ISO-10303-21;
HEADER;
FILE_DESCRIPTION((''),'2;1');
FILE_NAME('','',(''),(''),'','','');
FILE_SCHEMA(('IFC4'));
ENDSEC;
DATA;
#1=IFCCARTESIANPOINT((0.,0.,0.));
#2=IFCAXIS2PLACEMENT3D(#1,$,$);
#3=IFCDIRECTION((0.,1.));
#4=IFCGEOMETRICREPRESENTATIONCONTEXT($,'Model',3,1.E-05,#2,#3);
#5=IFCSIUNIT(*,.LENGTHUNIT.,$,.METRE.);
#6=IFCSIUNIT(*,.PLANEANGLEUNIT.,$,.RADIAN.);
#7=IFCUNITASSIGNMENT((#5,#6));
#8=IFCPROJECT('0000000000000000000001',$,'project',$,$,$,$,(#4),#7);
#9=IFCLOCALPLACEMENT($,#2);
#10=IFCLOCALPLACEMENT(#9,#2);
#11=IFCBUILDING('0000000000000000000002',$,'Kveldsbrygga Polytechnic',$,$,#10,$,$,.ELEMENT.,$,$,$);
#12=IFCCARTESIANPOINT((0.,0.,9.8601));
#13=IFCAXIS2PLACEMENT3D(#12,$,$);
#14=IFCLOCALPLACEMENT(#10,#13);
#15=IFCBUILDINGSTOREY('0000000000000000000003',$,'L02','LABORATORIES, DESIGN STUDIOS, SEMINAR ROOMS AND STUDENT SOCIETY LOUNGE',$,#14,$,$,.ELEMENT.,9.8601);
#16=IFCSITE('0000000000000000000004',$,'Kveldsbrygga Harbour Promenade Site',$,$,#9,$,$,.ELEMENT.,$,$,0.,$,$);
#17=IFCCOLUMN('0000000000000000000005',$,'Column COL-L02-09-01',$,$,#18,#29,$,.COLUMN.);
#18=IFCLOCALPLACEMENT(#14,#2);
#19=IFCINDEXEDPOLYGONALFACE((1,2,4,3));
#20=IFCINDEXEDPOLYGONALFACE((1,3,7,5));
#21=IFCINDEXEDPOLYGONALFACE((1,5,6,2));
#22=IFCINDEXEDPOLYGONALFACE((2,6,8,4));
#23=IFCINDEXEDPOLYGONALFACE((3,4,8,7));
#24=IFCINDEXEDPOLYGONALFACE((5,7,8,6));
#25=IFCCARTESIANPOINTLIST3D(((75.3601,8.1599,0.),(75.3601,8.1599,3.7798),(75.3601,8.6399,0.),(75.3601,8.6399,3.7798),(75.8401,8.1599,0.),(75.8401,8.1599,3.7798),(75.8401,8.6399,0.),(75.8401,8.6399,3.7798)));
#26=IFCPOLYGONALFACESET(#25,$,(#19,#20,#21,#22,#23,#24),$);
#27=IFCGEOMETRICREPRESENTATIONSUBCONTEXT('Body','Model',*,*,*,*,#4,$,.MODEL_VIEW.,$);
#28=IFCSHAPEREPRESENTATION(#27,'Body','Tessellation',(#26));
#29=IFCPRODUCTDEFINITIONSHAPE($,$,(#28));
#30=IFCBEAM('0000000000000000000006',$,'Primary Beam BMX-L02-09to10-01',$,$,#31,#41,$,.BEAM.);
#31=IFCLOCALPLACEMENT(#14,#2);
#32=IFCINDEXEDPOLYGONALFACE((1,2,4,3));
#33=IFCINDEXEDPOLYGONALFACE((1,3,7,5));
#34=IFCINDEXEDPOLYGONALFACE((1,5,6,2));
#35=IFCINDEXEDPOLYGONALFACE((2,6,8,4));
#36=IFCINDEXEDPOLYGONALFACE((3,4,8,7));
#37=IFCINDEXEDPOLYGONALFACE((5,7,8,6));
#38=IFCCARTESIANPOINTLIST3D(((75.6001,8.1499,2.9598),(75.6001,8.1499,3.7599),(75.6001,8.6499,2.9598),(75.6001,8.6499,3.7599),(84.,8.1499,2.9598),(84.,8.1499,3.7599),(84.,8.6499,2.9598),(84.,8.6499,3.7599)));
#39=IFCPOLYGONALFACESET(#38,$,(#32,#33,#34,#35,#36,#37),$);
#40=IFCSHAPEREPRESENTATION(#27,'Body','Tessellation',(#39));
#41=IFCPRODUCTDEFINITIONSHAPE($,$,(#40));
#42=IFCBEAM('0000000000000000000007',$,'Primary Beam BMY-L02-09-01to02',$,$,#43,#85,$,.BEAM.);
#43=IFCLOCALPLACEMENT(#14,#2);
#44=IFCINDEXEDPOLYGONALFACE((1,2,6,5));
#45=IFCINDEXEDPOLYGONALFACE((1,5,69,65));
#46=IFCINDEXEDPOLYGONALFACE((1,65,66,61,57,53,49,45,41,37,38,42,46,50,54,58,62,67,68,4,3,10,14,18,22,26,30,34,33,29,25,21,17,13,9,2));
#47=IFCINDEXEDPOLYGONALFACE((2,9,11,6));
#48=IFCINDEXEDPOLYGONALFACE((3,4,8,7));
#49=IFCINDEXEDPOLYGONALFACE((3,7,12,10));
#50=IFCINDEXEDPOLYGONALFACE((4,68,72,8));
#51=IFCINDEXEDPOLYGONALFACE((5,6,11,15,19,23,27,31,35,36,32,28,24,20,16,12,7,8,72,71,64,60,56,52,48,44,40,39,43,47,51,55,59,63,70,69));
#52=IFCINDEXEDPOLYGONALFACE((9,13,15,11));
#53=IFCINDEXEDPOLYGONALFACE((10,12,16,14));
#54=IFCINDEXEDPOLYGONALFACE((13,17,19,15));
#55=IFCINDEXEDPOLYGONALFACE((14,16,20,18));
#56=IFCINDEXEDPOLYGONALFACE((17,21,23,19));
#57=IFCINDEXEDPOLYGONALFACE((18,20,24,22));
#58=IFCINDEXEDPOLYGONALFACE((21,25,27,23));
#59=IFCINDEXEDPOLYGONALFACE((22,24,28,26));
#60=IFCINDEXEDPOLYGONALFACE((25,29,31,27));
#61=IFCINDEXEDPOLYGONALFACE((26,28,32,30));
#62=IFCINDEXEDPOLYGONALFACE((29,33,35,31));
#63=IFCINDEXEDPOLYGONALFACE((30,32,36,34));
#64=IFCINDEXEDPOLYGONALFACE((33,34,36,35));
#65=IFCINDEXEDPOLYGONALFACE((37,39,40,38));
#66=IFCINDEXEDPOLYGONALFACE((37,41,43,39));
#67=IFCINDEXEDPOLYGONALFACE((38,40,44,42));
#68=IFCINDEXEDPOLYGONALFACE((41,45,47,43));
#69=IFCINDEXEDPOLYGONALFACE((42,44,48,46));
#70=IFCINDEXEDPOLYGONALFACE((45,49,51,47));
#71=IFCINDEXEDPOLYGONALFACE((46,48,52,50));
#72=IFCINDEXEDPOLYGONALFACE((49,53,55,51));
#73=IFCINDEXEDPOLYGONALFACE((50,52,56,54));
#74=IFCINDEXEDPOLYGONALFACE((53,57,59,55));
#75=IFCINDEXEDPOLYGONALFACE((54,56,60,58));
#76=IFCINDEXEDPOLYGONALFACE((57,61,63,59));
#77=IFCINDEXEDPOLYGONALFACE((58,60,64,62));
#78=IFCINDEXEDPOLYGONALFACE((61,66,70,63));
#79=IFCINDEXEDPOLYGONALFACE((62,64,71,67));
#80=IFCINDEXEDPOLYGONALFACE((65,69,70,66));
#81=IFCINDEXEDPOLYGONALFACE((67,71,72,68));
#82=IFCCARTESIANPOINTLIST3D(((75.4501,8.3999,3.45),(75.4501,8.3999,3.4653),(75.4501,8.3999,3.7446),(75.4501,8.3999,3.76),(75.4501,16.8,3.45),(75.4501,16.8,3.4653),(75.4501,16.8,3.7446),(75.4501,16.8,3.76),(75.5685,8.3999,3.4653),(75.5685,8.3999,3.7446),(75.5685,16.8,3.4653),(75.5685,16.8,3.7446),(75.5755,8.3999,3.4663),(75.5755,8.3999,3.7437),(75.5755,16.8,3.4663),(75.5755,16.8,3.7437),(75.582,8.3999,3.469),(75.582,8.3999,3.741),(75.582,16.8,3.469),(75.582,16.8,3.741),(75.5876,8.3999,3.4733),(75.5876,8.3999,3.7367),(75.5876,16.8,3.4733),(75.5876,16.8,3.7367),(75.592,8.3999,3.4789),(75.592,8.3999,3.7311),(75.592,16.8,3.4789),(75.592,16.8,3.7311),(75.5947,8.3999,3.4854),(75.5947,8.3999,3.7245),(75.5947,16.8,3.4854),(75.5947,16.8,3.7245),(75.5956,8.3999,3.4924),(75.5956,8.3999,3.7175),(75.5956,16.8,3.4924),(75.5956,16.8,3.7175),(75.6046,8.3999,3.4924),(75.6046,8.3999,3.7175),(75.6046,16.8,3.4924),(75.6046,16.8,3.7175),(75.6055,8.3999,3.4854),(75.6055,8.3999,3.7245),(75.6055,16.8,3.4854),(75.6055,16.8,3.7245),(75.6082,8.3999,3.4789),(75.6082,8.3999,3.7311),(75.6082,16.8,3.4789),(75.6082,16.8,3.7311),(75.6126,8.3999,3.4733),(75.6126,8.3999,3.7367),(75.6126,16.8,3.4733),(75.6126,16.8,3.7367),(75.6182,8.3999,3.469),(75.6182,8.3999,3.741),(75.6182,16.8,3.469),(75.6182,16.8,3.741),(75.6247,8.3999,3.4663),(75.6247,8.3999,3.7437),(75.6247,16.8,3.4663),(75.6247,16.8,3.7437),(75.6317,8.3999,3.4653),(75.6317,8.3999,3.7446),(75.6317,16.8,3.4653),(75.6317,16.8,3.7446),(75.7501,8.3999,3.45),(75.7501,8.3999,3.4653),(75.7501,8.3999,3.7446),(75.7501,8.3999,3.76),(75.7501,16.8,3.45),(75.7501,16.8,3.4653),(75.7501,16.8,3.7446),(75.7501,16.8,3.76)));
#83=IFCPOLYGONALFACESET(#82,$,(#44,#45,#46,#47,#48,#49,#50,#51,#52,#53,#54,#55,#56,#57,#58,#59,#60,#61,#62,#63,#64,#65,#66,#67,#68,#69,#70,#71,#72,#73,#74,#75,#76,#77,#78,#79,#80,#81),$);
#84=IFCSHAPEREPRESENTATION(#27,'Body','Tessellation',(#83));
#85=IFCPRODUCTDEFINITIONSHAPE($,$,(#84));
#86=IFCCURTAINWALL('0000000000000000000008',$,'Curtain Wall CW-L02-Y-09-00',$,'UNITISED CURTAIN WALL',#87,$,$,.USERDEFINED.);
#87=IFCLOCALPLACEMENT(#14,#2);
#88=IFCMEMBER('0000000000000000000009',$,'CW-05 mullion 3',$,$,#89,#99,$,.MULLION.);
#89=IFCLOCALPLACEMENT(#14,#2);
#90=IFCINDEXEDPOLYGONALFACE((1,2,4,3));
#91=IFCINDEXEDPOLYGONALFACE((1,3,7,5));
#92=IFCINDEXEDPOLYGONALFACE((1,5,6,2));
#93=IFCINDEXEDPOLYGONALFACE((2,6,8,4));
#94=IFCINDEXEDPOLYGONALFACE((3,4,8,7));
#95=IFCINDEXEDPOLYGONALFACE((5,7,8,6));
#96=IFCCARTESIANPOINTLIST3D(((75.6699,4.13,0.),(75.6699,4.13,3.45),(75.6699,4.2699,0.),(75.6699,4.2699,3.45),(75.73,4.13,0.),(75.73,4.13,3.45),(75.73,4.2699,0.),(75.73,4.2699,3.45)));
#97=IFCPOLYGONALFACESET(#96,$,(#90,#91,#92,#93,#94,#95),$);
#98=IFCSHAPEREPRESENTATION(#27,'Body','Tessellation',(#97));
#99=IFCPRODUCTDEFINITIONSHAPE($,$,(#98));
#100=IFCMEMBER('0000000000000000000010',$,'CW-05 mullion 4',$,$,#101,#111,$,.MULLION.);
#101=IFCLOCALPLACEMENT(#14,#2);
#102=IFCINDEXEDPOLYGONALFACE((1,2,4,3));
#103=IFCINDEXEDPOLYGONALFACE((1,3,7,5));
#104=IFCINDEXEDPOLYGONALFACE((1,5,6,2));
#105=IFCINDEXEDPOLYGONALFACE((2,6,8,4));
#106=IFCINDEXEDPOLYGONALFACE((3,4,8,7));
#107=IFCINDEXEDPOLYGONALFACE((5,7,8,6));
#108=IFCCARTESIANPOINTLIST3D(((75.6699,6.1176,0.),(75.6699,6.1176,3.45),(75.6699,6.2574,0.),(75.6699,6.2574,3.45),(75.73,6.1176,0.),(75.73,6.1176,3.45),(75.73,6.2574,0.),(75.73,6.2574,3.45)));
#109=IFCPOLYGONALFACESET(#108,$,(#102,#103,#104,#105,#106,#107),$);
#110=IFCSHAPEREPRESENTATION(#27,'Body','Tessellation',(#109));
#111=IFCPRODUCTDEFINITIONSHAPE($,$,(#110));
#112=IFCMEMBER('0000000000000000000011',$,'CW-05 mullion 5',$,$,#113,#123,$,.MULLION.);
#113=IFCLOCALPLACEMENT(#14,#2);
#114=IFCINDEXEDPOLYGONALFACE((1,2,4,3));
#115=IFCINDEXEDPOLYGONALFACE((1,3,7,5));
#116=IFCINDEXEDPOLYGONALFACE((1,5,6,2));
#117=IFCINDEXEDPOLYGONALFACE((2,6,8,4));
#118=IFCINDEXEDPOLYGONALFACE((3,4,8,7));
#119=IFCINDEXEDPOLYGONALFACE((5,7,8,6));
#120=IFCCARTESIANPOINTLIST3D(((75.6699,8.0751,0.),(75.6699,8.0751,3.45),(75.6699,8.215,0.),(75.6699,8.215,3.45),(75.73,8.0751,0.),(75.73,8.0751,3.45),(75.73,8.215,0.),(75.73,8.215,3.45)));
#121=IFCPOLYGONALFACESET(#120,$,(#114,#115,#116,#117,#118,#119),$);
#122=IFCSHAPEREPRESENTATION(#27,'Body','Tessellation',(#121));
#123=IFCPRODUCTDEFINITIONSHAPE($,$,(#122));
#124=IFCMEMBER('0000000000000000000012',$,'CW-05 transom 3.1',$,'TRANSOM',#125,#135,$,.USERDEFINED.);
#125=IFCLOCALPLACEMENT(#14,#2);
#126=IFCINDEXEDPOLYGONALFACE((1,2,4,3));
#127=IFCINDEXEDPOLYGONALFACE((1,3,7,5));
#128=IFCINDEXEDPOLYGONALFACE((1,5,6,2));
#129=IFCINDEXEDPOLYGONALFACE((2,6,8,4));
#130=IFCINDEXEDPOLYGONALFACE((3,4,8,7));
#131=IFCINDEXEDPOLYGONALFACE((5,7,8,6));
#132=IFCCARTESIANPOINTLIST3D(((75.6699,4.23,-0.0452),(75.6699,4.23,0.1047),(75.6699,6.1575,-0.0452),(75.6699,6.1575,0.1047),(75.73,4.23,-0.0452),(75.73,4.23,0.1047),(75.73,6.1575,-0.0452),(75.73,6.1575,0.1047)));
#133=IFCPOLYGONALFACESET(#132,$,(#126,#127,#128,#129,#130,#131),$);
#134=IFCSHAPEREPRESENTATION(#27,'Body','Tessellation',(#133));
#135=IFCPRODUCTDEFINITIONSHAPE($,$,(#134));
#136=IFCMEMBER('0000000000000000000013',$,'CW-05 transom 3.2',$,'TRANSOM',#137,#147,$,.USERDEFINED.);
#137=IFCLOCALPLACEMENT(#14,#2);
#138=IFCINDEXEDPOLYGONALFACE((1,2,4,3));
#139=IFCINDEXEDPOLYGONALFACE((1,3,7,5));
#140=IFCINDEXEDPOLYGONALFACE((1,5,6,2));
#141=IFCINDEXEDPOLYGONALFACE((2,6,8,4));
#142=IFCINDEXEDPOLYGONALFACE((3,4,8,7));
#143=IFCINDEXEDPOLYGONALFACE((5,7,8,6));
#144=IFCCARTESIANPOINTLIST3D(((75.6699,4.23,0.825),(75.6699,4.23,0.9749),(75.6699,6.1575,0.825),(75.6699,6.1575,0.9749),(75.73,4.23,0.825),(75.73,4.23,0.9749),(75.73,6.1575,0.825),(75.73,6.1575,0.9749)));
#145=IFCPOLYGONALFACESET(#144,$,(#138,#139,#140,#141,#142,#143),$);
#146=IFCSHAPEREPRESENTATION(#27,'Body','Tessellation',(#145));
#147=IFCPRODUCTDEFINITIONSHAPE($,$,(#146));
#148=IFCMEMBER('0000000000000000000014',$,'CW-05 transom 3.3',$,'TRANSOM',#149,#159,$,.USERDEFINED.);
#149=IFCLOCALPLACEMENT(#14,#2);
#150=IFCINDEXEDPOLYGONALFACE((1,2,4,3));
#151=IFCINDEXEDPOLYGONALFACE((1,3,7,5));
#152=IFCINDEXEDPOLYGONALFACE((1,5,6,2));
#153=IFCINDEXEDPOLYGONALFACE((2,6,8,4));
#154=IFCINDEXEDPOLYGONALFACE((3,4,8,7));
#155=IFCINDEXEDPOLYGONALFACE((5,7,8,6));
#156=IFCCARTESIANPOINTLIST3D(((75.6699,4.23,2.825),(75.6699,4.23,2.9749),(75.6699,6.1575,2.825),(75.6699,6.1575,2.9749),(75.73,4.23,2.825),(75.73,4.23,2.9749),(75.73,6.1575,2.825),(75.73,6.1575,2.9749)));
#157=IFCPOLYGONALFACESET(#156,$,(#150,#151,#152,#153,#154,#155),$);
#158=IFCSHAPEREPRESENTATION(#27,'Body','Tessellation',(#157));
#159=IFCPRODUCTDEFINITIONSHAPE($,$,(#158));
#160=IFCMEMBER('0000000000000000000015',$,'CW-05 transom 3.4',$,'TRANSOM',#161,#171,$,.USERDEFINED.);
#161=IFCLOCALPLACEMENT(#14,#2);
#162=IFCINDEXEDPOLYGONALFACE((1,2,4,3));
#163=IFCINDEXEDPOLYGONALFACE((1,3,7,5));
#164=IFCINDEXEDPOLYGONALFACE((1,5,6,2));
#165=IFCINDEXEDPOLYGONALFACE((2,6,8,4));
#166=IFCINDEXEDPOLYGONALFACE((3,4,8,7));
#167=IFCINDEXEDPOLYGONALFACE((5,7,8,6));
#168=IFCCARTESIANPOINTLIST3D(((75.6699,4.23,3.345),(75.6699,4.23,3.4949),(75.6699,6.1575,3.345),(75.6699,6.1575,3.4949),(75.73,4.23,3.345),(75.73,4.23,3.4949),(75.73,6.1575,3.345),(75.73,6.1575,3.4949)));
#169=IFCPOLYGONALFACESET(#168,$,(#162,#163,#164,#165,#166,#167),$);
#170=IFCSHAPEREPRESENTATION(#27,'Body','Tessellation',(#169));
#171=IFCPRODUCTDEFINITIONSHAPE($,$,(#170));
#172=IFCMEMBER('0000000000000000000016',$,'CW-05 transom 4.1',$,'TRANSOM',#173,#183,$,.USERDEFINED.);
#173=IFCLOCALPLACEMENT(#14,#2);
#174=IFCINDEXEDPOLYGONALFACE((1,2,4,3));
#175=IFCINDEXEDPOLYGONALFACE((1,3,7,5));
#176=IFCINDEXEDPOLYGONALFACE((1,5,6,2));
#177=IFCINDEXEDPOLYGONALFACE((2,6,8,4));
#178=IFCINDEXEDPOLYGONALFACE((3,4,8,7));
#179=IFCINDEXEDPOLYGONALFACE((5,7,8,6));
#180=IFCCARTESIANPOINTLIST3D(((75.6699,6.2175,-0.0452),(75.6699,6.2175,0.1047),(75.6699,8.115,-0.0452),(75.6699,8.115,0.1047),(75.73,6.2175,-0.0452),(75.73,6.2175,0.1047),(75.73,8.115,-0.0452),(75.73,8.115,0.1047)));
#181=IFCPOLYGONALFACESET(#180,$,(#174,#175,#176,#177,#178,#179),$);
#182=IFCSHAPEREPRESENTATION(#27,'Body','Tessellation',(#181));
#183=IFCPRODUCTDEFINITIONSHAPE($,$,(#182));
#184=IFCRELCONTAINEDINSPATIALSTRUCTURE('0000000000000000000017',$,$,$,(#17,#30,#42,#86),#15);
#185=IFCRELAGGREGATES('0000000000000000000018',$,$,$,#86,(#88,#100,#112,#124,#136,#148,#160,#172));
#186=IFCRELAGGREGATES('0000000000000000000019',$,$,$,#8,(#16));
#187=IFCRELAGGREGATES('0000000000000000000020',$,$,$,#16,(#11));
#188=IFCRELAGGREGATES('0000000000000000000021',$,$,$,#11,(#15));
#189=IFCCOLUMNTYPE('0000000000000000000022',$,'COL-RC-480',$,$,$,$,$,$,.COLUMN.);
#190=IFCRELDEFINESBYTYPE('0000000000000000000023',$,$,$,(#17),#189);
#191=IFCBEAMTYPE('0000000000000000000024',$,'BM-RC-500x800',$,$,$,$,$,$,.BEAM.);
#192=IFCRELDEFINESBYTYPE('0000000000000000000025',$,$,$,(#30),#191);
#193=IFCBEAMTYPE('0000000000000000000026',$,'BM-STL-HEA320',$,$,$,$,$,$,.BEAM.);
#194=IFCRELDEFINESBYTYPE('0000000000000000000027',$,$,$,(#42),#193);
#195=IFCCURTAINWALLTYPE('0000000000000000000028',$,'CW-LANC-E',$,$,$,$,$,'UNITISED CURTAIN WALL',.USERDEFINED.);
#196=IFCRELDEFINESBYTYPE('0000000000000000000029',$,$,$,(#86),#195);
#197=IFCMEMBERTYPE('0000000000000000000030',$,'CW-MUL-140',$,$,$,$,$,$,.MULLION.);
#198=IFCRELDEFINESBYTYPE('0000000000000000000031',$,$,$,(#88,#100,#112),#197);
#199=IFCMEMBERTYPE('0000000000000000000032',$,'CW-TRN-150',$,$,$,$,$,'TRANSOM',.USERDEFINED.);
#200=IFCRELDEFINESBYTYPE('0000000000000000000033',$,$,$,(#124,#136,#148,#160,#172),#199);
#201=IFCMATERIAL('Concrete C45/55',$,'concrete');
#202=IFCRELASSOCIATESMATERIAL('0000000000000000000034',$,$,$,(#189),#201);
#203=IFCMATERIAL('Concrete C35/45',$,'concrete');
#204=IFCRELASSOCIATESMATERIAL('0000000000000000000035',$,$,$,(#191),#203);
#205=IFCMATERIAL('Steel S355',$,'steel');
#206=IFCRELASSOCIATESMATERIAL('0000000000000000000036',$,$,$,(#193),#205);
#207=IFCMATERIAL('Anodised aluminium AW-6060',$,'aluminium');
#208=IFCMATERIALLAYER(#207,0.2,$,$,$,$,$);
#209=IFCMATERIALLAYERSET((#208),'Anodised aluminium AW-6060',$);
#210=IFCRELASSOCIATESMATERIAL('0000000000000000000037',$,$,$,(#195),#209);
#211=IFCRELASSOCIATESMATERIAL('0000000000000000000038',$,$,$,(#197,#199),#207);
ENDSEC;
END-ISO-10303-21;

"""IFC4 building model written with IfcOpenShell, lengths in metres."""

from ifc_helpers import new_model, si_unit, direction, frame, origin, origin_2d, place, context, subcontext, project, spatial, rectangle, i_section, extrude, material, layer, layer_set, material_profile, profile_set, type_object, element, aggregate, save


model = new_model("IFC4")

# Units and contexts
model_context = context("Model", 3, precision=1e-05, world=origin(), true_north=direction((0.0, 1.0)))
body_context = subcontext(model_context, "Body", "Model", "MODEL_VIEW")
ifc_project = project(units=[si_unit("LENGTHUNIT", "METRE"), si_unit("PLANEANGLEUNIT", "RADIAN")], contexts=[model_context])

# Site, building, storey
site_placement = place(None, origin())
site = spatial("IfcSite", under=ifc_project, at=site_placement, Name="Kveldsbrygga Harbour Promenade Site", CompositionType="ELEMENT", RefElevation=0.0)
building_placement = place(site_placement, origin())
building = spatial("IfcBuilding", under=site, at=building_placement, Name="Kveldsbrygga Polytechnic", CompositionType="ELEMENT")
storey_placement = place(building_placement, frame((0.0, 0.0, 9.8601)))
storey = spatial("IfcBuildingStorey", under=building, at=storey_placement, Name="L02", Description="LABORATORIES, DESIGN STUDIOS, SEMINAR ROOMS AND STUDENT SOCIETY LOUNGE", CompositionType="ELEMENT", Elevation=9.8601)

# Column
ifc_material_1 = material(Name="Concrete C45/55", Category="concrete")
ifc_material_profile_1 = material_profile(ifc_material_1, rectangle(XDim=0.48, YDim=0.48, at=origin_2d()), Name="RC 480x480")
ifc_profile_set_1 = profile_set([ifc_material_profile_1], Name="Concrete C45/55")
column_type = type_object("IfcColumnType", Name="COL-RC-480", PredefinedType="COLUMN", material=ifc_profile_set_1)
column_placement = place(storey_placement, frame((75.6001, 8.3999, 0.0), z_axis=(0.0, 0.0, 1.0), x_axis=(1.0, 0.0, 0.0)))
element("IfcColumn", 1, at=column_placement, inside=storey, type_object=column_type, Name="Column COL-L02-09-01", PredefinedType="COLUMN", context=body_context, shape_type="SweptSolid", body=[
    extrude(rectangle(XDim=0.48, YDim=0.48, at=origin_2d()), origin(), (0.0, 0.0, 1.0), 3.7798),
])

# Beams
ifc_material_2 = material(Name="Concrete C35/45", Category="concrete")
ifc_material_profile_2 = material_profile(ifc_material_2, rectangle(XDim=0.5, YDim=0.8, at=origin_2d()), Name="RC 500x800")
ifc_profile_set_2 = profile_set([ifc_material_profile_2], Name="Concrete C35/45")
beam_type_1 = type_object("IfcBeamType", Name="BM-RC-500x800", PredefinedType="BEAM", material=ifc_profile_set_2)
beam_1_placement = place(storey_placement, frame((75.6001, 8.3999, 3.3599), z_axis=(1.0, 0.0, 0.0), x_axis=(0.0, 1.0, 0.0)))
element("IfcBeam", 2, at=beam_1_placement, inside=storey, type_object=beam_type_1, Name="Primary Beam BMX-L02-09to10-01", PredefinedType="BEAM", context=body_context, shape_type="SweptSolid", body=[
    extrude(rectangle(XDim=0.5, YDim=0.8, at=origin_2d()), origin(), (0.0, 0.0, 1.0), 8.3999),
])
ifc_material_3 = material(Name="Steel S355", Category="steel")
ifc_material_profile_3 = material_profile(ifc_material_3, i_section(OverallWidth=0.3, OverallDepth=0.3101, WebThickness=0.009, FlangeThickness=0.0154, FilletRadius=0.0271, at=origin_2d()), Name="HEA 320")
ifc_profile_set_3 = profile_set([ifc_material_profile_3], Name="Steel S355")
beam_type_2 = type_object("IfcBeamType", Name="BM-STL-HEA320", PredefinedType="BEAM", material=ifc_profile_set_3)
beam_2_placement = place(storey_placement, frame((75.6001, 8.3999, 3.605), z_axis=(0.0, 1.0, 0.0), x_axis=(-1.0, 0.0, 0.0)))
element("IfcBeam", 3, at=beam_2_placement, inside=storey, type_object=beam_type_2, Name="Primary Beam BMY-L02-09-01to02", PredefinedType="BEAM", context=body_context, shape_type="SweptSolid", body=[
    extrude(i_section(OverallWidth=0.3, OverallDepth=0.3101, WebThickness=0.009, FlangeThickness=0.0154, FilletRadius=0.0271, at=origin_2d()), origin(), (0.0, 0.0, 1.0), 8.4001),
])

# Curtain wall, members
ifc_material_4 = material(Name="Anodised aluminium AW-6060", Category="aluminium")
ifc_layer_1 = layer(ifc_material_4, 0.2)
ifc_layer_set_1 = layer_set([ifc_layer_1], Name="Anodised aluminium AW-6060")
curtain_wall_type = type_object("IfcCurtainWallType", Name="CW-LANC-E", ElementType="UNITISED CURTAIN WALL", PredefinedType="USERDEFINED", material=ifc_layer_set_1)
curtain_wall_placement = place(storey_placement, origin())
curtain_wall = element("IfcCurtainWall", 4, at=curtain_wall_placement, inside=storey, type_object=curtain_wall_type, Name="Curtain Wall CW-L02-Y-09-00", ObjectType="UNITISED CURTAIN WALL", PredefinedType="USERDEFINED")
ifc_material_profile_4 = material_profile(ifc_material_4, rectangle(XDim=0.0601, YDim=0.1399, at=origin_2d()), Name="ALU 60x140")
ifc_profile_set_4 = profile_set([ifc_material_profile_4], Name="Anodised aluminium AW-6060")
member_type_1 = type_object("IfcMemberType", Name="CW-MUL-140", PredefinedType="MULLION", material=ifc_profile_set_4)
member_1_placement = place(storey_placement, frame((75.7, 4.2, 0.0), z_axis=(0.0, 0.0, 1.0), x_axis=(-1.0, 0.0, 0.0)))
member_1 = element("IfcMember", 5, at=member_1_placement, type_object=member_type_1, Name="CW-05 mullion 3", PredefinedType="MULLION", context=body_context, shape_type="SweptSolid", body=[
    extrude(rectangle(XDim=0.0601, YDim=0.1399, at=origin_2d()), origin(), (0.0, 0.0, 1.0), 3.45),
])
member_2_placement = place(storey_placement, frame((75.7, 6.1875, 0.0), z_axis=(0.0, 0.0, 1.0), x_axis=(-1.0, 0.0, 0.0)))
member_2 = element("IfcMember", 6, at=member_2_placement, type_object=member_type_1, Name="CW-05 mullion 4", PredefinedType="MULLION", context=body_context, shape_type="SweptSolid", body=[
    extrude(rectangle(XDim=0.0601, YDim=0.1399, at=origin_2d()), origin(), (0.0, 0.0, 1.0), 3.45),
])
member_3_placement = place(storey_placement, frame((75.7, 8.145, 0.0), z_axis=(0.0, 0.0, 1.0), x_axis=(-1.0, 0.0, 0.0)))
member_3 = element("IfcMember", 7, at=member_3_placement, type_object=member_type_1, Name="CW-05 mullion 5", PredefinedType="MULLION", context=body_context, shape_type="SweptSolid", body=[
    extrude(rectangle(XDim=0.0601, YDim=0.1399, at=origin_2d()), origin(), (0.0, 0.0, 1.0), 3.45),
])
ifc_material_profile_5 = material_profile(ifc_material_4, rectangle(XDim=0.0601, YDim=0.1499, at=origin_2d()), Name="ALU 60x150")
ifc_profile_set_5 = profile_set([ifc_material_profile_5], Name="Anodised aluminium AW-6060")
member_type_2 = type_object("IfcMemberType", Name="CW-TRN-150", ElementType="TRANSOM", PredefinedType="USERDEFINED", material=ifc_profile_set_5)
member_4_placement = place(storey_placement, frame((75.7, 4.23, 0.0298), z_axis=(0.0, 1.0, 0.0), x_axis=(-1.0, 0.0, 0.0)))
member_4 = element("IfcMember", 8, at=member_4_placement, type_object=member_type_2, Name="CW-05 transom 3.1", ObjectType="TRANSOM", PredefinedType="USERDEFINED", context=body_context, shape_type="SweptSolid", body=[
    extrude(rectangle(XDim=0.0601, YDim=0.1499, at=origin_2d()), origin(), (0.0, 0.0, 1.0), 1.9275),
])
member_5_placement = place(storey_placement, frame((75.7, 4.23, 0.8999), z_axis=(0.0, 1.0, 0.0), x_axis=(-1.0, 0.0, 0.0)))
member_5 = element("IfcMember", 9, at=member_5_placement, type_object=member_type_2, Name="CW-05 transom 3.2", ObjectType="TRANSOM", PredefinedType="USERDEFINED", context=body_context, shape_type="SweptSolid", body=[
    extrude(rectangle(XDim=0.0601, YDim=0.1499, at=origin_2d()), origin(), (0.0, 0.0, 1.0), 1.9275),
])
member_6_placement = place(storey_placement, frame((75.7, 4.23, 2.8999), z_axis=(0.0, 1.0, 0.0), x_axis=(-1.0, 0.0, 0.0)))
member_6 = element("IfcMember", 10, at=member_6_placement, type_object=member_type_2, Name="CW-05 transom 3.3", ObjectType="TRANSOM", PredefinedType="USERDEFINED", context=body_context, shape_type="SweptSolid", body=[
    extrude(rectangle(XDim=0.0601, YDim=0.1499, at=origin_2d()), origin(), (0.0, 0.0, 1.0), 1.9275),
])
member_7_placement = place(storey_placement, frame((75.7, 4.23, 3.4199), z_axis=(0.0, 1.0, 0.0), x_axis=(-1.0, 0.0, 0.0)))
member_7 = element("IfcMember", 11, at=member_7_placement, type_object=member_type_2, Name="CW-05 transom 3.4", ObjectType="TRANSOM", PredefinedType="USERDEFINED", context=body_context, shape_type="SweptSolid", body=[
    extrude(rectangle(XDim=0.0601, YDim=0.1499, at=origin_2d()), origin(), (0.0, 0.0, 1.0), 1.9275),
])
member_8_placement = place(storey_placement, frame((75.7, 6.2175, 0.0298), z_axis=(0.0, 1.0, 0.0), x_axis=(-1.0, 0.0, 0.0)))
member_8 = element("IfcMember", 12, at=member_8_placement, type_object=member_type_2, Name="CW-05 transom 4.1", ObjectType="TRANSOM", PredefinedType="USERDEFINED", context=body_context, shape_type="SweptSolid", body=[
    extrude(rectangle(XDim=0.0601, YDim=0.1499, at=origin_2d()), origin(), (0.0, 0.0, 1.0), 1.8975),
])

aggregate(curtain_wall, [member_1, member_2, member_3, member_4, member_5, member_6, member_7, member_8])

save(model, "model.ifc")
